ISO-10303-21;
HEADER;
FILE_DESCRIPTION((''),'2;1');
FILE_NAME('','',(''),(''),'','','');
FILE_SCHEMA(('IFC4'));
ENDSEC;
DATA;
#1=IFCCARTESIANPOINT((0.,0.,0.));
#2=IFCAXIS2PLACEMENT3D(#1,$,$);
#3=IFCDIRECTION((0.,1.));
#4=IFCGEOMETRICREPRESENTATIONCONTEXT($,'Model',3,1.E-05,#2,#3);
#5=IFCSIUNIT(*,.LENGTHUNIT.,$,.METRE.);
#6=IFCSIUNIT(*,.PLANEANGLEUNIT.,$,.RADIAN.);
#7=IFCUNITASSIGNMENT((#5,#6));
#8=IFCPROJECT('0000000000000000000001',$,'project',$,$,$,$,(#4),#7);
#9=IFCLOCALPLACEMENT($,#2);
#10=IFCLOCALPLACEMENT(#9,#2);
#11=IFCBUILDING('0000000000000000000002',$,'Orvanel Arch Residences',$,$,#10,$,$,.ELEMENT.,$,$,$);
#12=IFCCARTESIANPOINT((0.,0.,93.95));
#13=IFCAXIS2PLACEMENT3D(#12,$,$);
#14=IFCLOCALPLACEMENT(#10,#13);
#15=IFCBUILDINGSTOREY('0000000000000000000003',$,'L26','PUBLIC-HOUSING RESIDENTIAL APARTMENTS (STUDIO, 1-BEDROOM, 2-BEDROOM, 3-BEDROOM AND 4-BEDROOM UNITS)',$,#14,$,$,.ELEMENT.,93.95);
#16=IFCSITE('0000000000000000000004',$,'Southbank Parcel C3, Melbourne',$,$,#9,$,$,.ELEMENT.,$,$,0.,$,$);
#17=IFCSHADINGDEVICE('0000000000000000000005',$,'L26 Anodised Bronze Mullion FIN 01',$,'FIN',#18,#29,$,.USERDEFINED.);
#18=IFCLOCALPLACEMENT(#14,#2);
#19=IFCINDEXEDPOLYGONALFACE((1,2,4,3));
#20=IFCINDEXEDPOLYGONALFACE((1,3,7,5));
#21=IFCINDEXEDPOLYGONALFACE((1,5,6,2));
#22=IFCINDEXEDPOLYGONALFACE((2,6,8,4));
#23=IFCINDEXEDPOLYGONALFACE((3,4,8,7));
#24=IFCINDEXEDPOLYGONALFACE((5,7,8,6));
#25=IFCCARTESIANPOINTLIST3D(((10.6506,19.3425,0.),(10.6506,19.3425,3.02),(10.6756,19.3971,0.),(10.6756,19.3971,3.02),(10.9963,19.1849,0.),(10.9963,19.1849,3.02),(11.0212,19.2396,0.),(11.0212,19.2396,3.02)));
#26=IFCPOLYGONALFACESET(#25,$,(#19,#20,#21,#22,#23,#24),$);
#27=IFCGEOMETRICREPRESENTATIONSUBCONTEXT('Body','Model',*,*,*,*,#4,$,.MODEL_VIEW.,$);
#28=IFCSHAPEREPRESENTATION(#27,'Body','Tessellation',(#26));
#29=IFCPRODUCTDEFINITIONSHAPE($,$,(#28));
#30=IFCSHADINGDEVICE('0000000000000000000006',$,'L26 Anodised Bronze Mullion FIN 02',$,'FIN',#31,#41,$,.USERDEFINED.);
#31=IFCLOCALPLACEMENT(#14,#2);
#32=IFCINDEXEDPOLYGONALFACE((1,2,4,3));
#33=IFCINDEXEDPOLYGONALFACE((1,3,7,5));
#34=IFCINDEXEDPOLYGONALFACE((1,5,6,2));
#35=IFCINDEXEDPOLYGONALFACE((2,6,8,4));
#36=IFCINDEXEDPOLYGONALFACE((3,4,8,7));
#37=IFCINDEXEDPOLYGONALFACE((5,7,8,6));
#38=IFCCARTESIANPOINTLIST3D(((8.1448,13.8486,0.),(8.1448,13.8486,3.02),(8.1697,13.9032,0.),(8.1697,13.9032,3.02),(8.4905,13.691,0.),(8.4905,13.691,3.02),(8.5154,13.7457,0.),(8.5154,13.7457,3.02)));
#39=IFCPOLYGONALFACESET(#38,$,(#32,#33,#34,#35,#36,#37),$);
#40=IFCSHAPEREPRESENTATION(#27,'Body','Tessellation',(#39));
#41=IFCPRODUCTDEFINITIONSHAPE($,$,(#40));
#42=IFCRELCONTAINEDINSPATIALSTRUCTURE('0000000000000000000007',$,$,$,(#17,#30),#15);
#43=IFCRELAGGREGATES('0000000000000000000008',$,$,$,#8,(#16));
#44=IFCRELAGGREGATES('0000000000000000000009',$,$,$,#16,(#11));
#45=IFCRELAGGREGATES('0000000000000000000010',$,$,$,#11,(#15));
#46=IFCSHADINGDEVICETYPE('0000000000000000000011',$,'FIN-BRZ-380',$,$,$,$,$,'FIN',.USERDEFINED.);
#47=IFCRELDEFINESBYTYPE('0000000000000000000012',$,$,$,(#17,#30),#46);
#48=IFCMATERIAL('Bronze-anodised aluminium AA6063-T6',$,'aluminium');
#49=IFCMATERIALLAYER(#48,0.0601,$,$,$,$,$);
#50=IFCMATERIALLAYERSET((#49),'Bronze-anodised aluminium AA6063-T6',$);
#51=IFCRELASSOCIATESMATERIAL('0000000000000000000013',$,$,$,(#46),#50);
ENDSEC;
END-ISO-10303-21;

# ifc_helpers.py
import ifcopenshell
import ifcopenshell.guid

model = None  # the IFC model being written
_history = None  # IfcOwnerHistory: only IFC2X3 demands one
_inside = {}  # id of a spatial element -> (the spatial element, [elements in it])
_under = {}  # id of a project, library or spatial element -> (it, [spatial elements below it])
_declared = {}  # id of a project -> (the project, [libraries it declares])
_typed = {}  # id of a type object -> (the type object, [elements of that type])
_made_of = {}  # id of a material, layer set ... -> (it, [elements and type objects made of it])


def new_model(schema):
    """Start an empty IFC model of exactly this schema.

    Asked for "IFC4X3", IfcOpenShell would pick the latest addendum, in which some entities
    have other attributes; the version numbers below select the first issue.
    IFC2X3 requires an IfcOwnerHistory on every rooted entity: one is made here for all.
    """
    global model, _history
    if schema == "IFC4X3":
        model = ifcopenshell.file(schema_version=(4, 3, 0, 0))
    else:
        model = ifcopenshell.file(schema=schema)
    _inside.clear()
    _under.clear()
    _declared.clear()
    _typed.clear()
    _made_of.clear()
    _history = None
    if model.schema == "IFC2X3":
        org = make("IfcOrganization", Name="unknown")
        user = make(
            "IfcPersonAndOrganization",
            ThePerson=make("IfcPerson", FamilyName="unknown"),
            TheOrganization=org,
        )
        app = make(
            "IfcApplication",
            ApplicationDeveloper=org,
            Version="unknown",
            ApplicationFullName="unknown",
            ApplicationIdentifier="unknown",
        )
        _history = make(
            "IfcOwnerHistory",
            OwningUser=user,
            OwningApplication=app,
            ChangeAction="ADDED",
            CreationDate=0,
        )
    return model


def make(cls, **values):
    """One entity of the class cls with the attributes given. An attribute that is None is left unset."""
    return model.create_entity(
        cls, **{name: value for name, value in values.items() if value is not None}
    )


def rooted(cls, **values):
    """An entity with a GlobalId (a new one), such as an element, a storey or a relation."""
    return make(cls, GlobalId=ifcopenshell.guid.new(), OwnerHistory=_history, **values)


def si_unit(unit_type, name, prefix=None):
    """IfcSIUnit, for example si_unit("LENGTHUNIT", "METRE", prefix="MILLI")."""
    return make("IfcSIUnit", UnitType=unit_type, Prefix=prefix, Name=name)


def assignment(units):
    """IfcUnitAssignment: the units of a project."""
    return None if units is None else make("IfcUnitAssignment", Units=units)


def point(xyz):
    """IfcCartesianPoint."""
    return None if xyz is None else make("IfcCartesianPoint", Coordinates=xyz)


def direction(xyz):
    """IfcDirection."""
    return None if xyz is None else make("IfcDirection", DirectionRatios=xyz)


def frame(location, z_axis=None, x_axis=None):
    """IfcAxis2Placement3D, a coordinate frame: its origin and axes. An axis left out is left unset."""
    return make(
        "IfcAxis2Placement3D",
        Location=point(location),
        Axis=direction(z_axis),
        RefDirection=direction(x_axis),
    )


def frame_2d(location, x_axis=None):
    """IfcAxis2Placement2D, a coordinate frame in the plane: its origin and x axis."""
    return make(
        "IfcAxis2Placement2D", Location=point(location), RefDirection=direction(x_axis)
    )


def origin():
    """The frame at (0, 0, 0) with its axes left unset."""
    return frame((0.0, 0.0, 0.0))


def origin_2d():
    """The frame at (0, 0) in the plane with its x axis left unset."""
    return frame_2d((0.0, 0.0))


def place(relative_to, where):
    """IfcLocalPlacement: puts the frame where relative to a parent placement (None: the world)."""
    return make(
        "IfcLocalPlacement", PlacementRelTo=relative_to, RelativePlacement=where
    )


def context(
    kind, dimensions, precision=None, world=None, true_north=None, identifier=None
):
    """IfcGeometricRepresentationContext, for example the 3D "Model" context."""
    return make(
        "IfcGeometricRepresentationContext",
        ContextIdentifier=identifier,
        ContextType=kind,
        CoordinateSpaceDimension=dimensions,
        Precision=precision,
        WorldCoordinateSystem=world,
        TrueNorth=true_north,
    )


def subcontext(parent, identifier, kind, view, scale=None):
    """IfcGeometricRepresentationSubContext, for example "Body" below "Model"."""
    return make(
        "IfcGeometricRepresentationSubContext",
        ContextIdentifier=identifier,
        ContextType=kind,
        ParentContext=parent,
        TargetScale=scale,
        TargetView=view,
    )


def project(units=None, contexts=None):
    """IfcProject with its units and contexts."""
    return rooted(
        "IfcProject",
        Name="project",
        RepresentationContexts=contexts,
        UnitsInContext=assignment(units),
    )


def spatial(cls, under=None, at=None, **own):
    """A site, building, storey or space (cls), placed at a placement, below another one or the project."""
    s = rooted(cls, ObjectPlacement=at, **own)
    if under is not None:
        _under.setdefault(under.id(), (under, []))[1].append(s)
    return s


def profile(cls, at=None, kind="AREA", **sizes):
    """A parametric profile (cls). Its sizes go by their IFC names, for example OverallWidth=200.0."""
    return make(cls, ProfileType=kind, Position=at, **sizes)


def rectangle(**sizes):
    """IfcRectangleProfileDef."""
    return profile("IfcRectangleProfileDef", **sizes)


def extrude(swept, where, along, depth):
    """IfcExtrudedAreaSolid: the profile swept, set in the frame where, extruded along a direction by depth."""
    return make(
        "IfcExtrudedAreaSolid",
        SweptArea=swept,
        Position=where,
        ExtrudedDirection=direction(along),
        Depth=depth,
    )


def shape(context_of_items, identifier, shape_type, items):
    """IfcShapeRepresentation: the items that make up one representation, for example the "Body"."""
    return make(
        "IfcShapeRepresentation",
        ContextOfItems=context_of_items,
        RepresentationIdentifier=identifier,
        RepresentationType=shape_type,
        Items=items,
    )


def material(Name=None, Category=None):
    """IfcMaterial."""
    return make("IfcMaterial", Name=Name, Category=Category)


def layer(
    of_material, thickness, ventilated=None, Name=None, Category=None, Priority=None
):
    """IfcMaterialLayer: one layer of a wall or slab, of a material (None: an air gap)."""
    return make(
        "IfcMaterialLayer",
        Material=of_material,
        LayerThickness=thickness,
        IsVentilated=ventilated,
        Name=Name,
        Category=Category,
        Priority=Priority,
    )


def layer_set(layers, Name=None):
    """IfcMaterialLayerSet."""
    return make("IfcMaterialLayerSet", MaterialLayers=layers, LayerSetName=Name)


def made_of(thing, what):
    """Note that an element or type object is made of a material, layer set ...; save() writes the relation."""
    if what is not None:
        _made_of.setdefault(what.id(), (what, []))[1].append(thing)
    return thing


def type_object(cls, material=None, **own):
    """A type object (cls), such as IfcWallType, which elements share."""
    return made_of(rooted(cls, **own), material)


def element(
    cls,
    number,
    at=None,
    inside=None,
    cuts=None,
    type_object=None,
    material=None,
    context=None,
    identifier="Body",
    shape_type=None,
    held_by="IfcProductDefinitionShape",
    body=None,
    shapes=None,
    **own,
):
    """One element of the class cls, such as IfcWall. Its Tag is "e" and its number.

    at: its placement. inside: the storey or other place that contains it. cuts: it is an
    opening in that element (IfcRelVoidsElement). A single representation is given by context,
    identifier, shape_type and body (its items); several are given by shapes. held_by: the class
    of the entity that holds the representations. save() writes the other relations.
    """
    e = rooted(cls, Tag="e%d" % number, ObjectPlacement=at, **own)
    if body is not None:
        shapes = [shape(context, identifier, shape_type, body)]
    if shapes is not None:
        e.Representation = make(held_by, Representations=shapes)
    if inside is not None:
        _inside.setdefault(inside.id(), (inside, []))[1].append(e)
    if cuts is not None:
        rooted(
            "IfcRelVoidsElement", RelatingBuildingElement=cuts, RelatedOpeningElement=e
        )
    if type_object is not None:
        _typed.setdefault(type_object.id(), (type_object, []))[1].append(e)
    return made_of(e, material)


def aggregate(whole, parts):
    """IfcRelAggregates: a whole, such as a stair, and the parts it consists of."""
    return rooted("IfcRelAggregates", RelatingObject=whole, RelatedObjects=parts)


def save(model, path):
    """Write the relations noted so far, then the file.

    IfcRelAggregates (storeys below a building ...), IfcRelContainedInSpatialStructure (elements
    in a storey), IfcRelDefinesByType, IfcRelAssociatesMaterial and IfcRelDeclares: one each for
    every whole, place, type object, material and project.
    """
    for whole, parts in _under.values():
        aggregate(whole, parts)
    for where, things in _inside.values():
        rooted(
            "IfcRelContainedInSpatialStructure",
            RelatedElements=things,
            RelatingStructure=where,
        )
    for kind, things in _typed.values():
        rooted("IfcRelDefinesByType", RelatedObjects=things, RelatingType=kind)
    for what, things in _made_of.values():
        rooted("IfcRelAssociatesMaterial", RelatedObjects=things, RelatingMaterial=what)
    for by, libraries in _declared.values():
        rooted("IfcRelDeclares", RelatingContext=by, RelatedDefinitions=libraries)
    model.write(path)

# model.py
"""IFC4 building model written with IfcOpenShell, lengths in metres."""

from ifc_helpers import new_model, si_unit, direction, frame, origin, origin_2d, place, context, subcontext, project, spatial, rectangle, extrude, material, layer, layer_set, type_object, element, save


model = new_model("IFC4")

# Units and contexts
model_context = context("Model", 3, precision=1e-05, world=origin(), true_north=direction((0.0, 1.0)))
body_context = subcontext(model_context, "Body", "Model", "MODEL_VIEW")
ifc_project = project(units=[si_unit("LENGTHUNIT", "METRE"), si_unit("PLANEANGLEUNIT", "RADIAN")], contexts=[model_context])

# Site, building, storey
site_placement = place(None, origin())
site = spatial("IfcSite", under=ifc_project, at=site_placement, Name="Southbank Parcel C3, Melbourne", CompositionType="ELEMENT", RefElevation=0.0)
building_placement = place(site_placement, origin())
building = spatial("IfcBuilding", under=site, at=building_placement, Name="Orvanel Arch Residences", CompositionType="ELEMENT")
storey_placement = place(building_placement, frame((0.0, 0.0, 93.95)))
storey = spatial("IfcBuildingStorey", under=building, at=storey_placement, Name="L26", Description="PUBLIC-HOUSING RESIDENTIAL APARTMENTS (STUDIO, 1-BEDROOM, 2-BEDROOM, 3-BEDROOM AND 4-BEDROOM UNITS)", CompositionType="ELEMENT", Elevation=93.95)

# Shared definitions
ifc_material_1 = material(Name="Bronze-anodised aluminium AA6063-T6", Category="aluminium")

# Shading devices
ifc_layer_1 = layer(ifc_material_1, 0.0601)
ifc_layer_set_1 = layer_set([ifc_layer_1], Name="Bronze-anodised aluminium AA6063-T6")
shading_device_type = type_object("IfcShadingDeviceType", Name="FIN-BRZ-380", ElementType="FIN", PredefinedType="USERDEFINED", material=ifc_layer_set_1)
for number, where, z_axis, x_axis, name in (
    (1, (10.8359, 19.291, 0.0), (0.0, 0.0, 1.0), (-0.909961, 0.414693, 0.0), "L26 Anodised Bronze Mullion FIN 01"),
    (2, (8.3301, 13.7971, 0.0), (0.0, 0.0, 1.0), (-0.909961, 0.414693, 0.0), "L26 Anodised Bronze Mullion FIN 02"),
):
    element("IfcShadingDevice", number, at=place(storey_placement, frame(where, z_axis=z_axis, x_axis=x_axis)), inside=storey, type_object=shading_device_type, Name=name, ObjectType="FIN", PredefinedType="USERDEFINED", context=body_context, shape_type="SweptSolid", body=[
        extrude(rectangle(XDim=0.3799, YDim=0.0601, at=origin_2d()), origin(), (0.0, 0.0, 1.0), 3.02),
    ])

save(model, "model.ifc")
